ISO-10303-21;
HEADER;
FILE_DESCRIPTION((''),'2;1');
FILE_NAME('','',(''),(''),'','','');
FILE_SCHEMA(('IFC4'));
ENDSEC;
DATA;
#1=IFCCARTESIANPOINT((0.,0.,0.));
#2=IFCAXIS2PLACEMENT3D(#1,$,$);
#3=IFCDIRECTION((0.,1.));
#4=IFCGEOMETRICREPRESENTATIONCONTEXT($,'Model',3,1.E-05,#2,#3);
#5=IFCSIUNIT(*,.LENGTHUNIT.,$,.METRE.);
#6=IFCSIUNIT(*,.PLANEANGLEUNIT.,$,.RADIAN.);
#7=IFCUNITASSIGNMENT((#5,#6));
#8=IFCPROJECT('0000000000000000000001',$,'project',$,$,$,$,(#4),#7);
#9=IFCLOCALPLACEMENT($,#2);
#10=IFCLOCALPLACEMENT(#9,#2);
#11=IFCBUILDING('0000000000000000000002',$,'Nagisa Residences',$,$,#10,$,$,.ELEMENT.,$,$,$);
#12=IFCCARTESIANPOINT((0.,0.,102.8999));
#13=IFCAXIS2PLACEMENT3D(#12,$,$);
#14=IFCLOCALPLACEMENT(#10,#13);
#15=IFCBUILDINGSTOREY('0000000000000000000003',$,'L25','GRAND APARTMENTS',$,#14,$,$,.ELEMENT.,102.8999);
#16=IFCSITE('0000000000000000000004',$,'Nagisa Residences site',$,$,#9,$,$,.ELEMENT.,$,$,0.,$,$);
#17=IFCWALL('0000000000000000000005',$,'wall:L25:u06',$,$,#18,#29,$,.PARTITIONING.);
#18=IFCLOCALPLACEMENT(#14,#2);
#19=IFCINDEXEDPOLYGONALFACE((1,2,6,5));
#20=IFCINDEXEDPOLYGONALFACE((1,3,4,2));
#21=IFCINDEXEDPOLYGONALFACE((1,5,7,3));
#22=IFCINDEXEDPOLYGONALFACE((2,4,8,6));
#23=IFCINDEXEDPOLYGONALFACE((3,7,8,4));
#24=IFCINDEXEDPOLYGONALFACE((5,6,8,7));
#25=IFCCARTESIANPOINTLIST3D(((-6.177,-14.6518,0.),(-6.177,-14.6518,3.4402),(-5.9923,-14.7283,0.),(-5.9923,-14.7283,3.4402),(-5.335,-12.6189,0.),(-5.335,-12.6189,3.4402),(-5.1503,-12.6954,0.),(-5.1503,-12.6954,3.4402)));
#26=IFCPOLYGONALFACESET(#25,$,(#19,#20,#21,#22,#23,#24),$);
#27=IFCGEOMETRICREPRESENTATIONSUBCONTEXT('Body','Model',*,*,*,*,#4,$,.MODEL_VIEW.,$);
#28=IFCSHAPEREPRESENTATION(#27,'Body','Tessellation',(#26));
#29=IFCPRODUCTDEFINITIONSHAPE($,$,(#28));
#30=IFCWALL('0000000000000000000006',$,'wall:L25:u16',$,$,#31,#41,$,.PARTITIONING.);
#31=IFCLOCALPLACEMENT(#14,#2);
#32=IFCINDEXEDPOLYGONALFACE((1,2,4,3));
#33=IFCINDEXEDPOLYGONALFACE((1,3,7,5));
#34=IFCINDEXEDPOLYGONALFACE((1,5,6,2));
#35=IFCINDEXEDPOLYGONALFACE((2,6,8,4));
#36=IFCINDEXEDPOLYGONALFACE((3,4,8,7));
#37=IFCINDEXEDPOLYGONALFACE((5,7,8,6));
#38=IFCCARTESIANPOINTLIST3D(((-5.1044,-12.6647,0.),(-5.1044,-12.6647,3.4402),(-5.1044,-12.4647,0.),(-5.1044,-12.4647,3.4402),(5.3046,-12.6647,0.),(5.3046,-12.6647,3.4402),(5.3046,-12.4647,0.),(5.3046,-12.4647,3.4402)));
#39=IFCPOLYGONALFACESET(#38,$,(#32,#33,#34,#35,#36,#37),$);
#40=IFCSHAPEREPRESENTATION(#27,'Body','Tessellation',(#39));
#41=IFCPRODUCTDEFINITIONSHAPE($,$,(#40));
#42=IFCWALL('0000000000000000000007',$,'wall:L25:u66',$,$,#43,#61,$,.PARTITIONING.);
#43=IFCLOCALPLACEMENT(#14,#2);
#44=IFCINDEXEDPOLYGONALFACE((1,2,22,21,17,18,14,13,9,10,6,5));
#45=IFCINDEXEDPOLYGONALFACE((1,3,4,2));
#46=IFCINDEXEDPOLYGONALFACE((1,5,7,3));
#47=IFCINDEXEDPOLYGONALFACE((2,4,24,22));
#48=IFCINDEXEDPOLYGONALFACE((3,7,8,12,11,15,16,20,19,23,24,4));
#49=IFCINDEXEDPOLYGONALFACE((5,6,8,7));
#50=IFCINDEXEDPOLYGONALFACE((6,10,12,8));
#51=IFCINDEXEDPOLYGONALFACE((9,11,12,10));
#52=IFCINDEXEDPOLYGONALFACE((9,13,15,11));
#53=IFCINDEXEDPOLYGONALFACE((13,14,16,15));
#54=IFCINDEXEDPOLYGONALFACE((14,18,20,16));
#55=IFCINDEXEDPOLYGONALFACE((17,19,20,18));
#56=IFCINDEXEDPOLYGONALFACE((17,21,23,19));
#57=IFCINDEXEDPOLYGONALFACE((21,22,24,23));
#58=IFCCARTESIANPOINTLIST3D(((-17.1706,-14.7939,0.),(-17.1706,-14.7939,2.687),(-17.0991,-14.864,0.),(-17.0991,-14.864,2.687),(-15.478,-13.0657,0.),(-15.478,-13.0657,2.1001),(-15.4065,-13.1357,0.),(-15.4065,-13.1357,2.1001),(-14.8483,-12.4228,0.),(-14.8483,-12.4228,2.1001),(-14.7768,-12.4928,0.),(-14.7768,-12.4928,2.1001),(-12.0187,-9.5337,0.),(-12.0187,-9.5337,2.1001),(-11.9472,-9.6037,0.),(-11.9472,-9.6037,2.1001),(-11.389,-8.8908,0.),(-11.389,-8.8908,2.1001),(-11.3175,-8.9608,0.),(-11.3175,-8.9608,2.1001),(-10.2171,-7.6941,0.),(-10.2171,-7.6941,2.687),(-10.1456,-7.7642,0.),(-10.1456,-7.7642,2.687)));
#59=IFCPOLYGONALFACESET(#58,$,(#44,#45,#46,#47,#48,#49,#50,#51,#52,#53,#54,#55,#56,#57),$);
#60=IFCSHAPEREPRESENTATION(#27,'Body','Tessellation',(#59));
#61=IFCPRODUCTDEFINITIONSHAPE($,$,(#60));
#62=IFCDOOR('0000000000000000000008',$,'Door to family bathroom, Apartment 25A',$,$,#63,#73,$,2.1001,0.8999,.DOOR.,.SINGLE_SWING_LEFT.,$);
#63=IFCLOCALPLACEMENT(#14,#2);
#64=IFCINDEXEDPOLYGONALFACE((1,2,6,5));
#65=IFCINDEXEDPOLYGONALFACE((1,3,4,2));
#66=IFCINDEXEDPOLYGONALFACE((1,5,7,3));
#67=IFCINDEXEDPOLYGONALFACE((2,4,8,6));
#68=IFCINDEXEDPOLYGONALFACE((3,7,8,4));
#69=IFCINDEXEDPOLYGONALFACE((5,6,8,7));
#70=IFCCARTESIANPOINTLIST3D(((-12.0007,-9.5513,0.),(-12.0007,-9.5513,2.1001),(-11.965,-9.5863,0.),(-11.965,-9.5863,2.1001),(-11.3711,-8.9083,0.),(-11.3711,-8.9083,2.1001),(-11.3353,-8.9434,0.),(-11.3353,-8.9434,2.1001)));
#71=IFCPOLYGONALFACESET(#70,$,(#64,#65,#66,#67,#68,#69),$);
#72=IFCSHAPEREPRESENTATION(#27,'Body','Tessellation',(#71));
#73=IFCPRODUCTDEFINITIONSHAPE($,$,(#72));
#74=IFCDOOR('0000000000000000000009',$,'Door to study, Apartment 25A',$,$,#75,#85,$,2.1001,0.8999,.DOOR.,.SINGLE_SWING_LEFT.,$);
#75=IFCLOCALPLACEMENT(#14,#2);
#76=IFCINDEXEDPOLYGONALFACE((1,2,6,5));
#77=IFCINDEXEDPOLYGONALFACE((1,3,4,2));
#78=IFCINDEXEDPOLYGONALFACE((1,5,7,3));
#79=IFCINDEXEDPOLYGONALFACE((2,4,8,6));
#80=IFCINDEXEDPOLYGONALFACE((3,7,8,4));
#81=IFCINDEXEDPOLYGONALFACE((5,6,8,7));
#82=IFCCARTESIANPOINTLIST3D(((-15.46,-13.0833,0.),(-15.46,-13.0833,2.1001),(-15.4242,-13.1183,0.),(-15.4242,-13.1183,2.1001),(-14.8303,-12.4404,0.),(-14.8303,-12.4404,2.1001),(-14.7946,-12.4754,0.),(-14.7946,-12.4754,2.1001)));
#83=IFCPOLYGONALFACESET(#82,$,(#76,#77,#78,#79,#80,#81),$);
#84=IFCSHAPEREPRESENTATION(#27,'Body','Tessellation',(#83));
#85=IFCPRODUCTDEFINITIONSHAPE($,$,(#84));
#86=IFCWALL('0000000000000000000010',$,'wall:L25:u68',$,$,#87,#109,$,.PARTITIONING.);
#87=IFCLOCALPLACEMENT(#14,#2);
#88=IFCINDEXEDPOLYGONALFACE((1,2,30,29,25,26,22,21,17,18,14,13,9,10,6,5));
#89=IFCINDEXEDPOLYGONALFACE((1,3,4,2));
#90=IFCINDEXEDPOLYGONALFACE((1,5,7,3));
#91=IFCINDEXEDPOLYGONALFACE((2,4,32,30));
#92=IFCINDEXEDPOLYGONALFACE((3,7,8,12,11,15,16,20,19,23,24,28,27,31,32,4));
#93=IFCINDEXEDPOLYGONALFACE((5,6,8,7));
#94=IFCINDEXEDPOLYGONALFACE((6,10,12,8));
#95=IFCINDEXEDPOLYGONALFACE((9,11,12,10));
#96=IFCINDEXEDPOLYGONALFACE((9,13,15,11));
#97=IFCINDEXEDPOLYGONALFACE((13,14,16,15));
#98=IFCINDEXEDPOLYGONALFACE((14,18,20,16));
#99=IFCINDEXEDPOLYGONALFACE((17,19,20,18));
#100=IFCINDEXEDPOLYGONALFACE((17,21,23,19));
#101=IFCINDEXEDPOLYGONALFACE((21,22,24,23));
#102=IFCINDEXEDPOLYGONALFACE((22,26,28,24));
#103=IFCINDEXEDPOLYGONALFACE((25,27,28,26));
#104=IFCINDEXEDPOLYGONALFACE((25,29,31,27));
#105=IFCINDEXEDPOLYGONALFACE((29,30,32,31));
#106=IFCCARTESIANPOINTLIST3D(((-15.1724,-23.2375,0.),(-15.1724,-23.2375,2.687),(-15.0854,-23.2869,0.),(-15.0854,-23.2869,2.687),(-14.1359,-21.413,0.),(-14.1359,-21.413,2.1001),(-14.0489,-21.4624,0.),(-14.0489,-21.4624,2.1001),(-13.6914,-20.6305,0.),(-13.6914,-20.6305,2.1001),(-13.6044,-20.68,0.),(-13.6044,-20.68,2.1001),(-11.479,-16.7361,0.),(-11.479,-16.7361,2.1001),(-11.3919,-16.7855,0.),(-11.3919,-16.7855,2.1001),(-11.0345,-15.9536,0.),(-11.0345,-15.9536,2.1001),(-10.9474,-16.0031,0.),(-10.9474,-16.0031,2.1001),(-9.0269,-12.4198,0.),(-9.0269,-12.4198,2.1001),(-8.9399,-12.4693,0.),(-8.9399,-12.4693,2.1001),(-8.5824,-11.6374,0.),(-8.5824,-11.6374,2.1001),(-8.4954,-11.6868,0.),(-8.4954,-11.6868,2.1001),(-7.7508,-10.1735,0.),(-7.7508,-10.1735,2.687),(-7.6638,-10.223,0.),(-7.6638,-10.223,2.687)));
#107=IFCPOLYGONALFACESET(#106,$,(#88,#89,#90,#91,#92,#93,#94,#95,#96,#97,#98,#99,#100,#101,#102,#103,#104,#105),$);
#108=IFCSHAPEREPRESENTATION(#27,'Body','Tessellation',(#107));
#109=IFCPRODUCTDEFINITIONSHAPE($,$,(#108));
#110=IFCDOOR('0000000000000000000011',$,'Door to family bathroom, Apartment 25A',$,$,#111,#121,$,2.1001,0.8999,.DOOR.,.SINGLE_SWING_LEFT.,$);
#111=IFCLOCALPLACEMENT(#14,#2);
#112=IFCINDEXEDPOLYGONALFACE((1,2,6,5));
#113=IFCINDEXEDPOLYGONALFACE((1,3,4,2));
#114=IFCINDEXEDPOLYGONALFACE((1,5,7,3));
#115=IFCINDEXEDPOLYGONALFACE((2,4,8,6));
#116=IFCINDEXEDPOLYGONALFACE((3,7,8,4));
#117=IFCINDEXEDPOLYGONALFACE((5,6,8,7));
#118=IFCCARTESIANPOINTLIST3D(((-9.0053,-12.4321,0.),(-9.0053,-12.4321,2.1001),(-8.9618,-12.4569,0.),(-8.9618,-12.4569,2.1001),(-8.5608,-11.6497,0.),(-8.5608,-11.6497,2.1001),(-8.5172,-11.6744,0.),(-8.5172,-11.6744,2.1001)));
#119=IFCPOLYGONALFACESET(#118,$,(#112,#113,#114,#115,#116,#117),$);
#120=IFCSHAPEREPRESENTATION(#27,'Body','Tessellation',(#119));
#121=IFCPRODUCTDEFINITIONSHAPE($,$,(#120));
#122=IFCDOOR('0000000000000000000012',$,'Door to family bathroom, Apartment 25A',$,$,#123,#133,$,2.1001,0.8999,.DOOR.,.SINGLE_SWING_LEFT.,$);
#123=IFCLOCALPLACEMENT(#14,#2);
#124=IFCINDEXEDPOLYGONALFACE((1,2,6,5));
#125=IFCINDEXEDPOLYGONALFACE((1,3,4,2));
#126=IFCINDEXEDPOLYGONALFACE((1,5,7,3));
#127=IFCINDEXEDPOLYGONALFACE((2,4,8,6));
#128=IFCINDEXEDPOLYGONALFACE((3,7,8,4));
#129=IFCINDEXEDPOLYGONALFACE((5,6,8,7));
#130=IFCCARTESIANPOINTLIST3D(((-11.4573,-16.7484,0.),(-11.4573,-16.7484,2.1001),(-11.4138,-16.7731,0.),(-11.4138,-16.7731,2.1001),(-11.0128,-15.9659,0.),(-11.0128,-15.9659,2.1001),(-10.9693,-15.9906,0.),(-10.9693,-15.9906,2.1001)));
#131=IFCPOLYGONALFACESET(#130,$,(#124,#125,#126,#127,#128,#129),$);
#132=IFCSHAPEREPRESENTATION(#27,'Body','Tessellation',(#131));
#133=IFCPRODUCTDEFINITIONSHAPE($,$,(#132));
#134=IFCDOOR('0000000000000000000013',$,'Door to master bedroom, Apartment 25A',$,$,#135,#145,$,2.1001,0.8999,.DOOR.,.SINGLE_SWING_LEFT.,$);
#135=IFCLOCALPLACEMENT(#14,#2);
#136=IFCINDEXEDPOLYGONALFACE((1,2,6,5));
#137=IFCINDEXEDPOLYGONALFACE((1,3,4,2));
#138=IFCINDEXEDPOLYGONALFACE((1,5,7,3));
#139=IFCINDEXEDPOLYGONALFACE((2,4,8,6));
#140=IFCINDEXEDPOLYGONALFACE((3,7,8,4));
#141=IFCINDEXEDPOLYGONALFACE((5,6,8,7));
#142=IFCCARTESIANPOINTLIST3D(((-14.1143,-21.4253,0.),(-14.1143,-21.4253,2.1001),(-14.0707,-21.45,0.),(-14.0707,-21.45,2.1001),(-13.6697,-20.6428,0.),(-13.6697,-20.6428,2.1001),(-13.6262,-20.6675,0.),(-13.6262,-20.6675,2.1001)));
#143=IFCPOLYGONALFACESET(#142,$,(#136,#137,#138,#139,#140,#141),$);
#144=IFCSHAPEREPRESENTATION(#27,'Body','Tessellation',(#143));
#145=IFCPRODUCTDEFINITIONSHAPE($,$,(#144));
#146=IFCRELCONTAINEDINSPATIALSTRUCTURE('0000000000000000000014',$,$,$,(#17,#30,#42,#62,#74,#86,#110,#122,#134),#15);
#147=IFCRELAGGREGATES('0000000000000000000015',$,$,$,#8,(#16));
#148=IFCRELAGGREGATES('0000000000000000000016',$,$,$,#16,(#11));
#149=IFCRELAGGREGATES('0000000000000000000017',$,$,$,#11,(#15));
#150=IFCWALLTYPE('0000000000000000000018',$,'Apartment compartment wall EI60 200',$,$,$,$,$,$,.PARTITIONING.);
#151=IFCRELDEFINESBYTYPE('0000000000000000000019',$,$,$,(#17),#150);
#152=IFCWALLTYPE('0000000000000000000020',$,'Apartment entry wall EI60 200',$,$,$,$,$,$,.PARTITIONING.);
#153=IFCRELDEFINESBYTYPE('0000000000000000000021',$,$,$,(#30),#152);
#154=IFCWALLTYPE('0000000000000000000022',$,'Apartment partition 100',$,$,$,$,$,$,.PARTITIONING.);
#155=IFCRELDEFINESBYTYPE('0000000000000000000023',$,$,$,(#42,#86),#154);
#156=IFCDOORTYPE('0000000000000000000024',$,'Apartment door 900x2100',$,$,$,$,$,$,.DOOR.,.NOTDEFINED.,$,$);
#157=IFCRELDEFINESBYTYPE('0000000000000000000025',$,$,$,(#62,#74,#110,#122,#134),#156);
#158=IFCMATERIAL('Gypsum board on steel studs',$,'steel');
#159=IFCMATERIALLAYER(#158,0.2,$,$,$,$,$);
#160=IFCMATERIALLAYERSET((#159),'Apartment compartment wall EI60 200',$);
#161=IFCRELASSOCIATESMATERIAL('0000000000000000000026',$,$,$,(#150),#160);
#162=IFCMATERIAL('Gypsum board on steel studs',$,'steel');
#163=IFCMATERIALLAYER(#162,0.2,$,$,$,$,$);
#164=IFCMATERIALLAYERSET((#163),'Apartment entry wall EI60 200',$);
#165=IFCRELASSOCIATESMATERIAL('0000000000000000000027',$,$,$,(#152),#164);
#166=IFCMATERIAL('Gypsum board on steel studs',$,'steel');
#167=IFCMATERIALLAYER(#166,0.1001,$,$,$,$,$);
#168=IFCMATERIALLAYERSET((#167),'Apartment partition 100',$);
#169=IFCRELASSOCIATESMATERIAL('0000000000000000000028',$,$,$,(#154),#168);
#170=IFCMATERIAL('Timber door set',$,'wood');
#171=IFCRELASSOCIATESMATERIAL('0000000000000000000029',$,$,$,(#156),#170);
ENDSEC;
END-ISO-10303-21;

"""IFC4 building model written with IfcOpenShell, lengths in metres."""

from ifc_helpers import new_model, si_unit, direction, frame, frame_2d, origin, place, context, subcontext, project, spatial, rectangle, extrude, material, layer, layer_set, type_object, element, fill, save


model = new_model("IFC4")

# Units and contexts
model_context = context("Model", 3, precision=1e-05, world=origin(), true_north=direction((0.0, 1.0)))
body_context = subcontext(model_context, "Body", "Model", "MODEL_VIEW")
ifc_project = project(units=[si_unit("LENGTHUNIT", "METRE"), si_unit("PLANEANGLEUNIT", "RADIAN")], contexts=[model_context])

# Site, building, storey
site_placement = place(None, origin())
site = spatial("IfcSite", under=ifc_project, at=site_placement, Name="Nagisa Residences site", CompositionType="ELEMENT", RefElevation=0.0)
building_placement = place(site_placement, origin())
building = spatial("IfcBuilding", under=site, at=building_placement, Name="Nagisa Residences", CompositionType="ELEMENT")
storey_placement = place(building_placement, frame((0.0, 0.0, 102.8999)))
storey = spatial("IfcBuildingStorey", under=building, at=storey_placement, Name="L25", Description="GRAND APARTMENTS", CompositionType="ELEMENT", Elevation=102.8999)

# Walls
ifc_material_1 = material(Name="Gypsum board on steel studs", Category="steel")
ifc_layer_1 = layer(ifc_material_1, 0.2)
ifc_layer_set_1 = layer_set([ifc_layer_1], Name="Apartment compartment wall EI60 200")
wall_type_1 = type_object("IfcWallType", Name="Apartment compartment wall EI60 200", PredefinedType="PARTITIONING", material=ifc_layer_set_1)
wall_1_placement = place(storey_placement, frame((-5.2427, -12.6572, 0.0), z_axis=(0.0, 0.0, 1.0), x_axis=(-0.382669, -0.923886, 0.0)))
element("IfcWall", 1, at=wall_1_placement, inside=storey, type_object=wall_type_1, Name="wall:L25:u06", PredefinedType="PARTITIONING", context=body_context, shape_type="SweptSolid", body=[
    extrude(rectangle(XDim=2.2004, YDim=0.2, at=frame_2d((1.1001, 0.0))), origin(), (0.0, 0.0, 1.0), 3.4402),
])
ifc_material_2 = material(Name="Gypsum board on steel studs", Category="steel")
ifc_layer_2 = layer(ifc_material_2, 0.2)
ifc_layer_set_2 = layer_set([ifc_layer_2], Name="Apartment entry wall EI60 200")
wall_type_2 = type_object("IfcWallType", Name="Apartment entry wall EI60 200", PredefinedType="PARTITIONING", material=ifc_layer_set_2)
wall_2_placement = place(storey_placement, frame((-5.1045, -12.5647, 0.0), z_axis=(0.0, 0.0, 1.0), x_axis=(1.0, 0.0, 0.0)))
element("IfcWall", 2, at=wall_2_placement, inside=storey, type_object=wall_type_2, Name="wall:L25:u16", PredefinedType="PARTITIONING", context=body_context, shape_type="SweptSolid", body=[
    extrude(rectangle(XDim=10.4089, YDim=0.2, at=frame_2d((5.2046, 0.0))), origin(), (0.0, 0.0, 1.0), 3.4402),
])

# Walls, openings, doors
ifc_material_3 = material(Name="Gypsum board on steel studs", Category="steel")
ifc_layer_3 = layer(ifc_material_3, 0.1001)
ifc_layer_set_3 = layer_set([ifc_layer_3], Name="Apartment partition 100")
wall_type_3 = type_object("IfcWallType", Name="Apartment partition 100", PredefinedType="PARTITIONING", material=ifc_layer_set_3)
wall_3_placement = place(storey_placement, frame((-10.1814, -7.7292, 0.0), z_axis=(0.0, 0.0, 1.0), x_axis=(-0.699711, -0.714426, 0.0)))
wall_3 = element("IfcWall", 3, at=wall_3_placement, inside=storey, type_object=wall_type_3, Name="wall:L25:u66", PredefinedType="PARTITIONING", context=body_context, shape_type="SweptSolid", body=[
    extrude(rectangle(XDim=9.9377, YDim=0.1001, at=frame_2d((4.9688, 0.0))), origin(), (0.0, 0.0, 1.0), 2.687),
])
opening_1_placement = place(wall_3_placement, frame((1.6748, 0.0, 0.0)))
opening_1 = element("IfcOpeningElement", 4, at=opening_1_placement, cuts=wall_3, PredefinedType="OPENING", context=body_context, shape_type="SweptSolid", body=[
    extrude(rectangle(XDim=0.8999, YDim=2.1001, at=frame_2d((0.45, 1.05))), frame((0.0, 0.0601, 0.0), z_axis=(0.0, -1.0, 0.0), x_axis=(1.0, 0.0, 0.0)), (0.0, 0.0, 1.0), 0.1201),
])
opening_2_placement = place(wall_3_placement, frame((6.6187, 0.0, 0.0)))
opening_2 = element("IfcOpeningElement", 5, at=opening_2_placement, cuts=wall_3, PredefinedType="OPENING", context=body_context, shape_type="SweptSolid", body=[
    extrude(rectangle(XDim=0.8999, YDim=2.1001, at=frame_2d((0.45, 1.05))), frame((0.0, 0.0601, 0.0), z_axis=(0.0, -1.0, 0.0), x_axis=(1.0, 0.0, 0.0)), (0.0, 0.0, 1.0), 0.1201),
])
ifc_material_4 = material(Name="Timber door set", Category="wood")
door_type_1 = type_object("IfcDoorType", Name="Apartment door 900x2100", OperationType="NOTDEFINED", PredefinedType="DOOR", material=ifc_material_4)
door_1_placement = place(opening_1_placement, frame((0.8999, 0.0, 0.0), x_axis=(-1.0, 0.0, 0.0)))
door_1 = element("IfcDoor", 6, at=door_1_placement, inside=storey, type_object=door_type_1, Name="Door to family bathroom, Apartment 25A", OperationType="SINGLE_SWING_LEFT", OverallHeight=2.1001, OverallWidth=0.8999, PredefinedType="DOOR", context=body_context, shape_type="SweptSolid", body=[
    extrude(rectangle(XDim=0.8999, YDim=2.1001, at=frame_2d((0.45, 1.05))), frame((0.0, 0.0249, 0.0), z_axis=(0.0, -1.0, 0.0), x_axis=(1.0, 0.0, 0.0)), (0.0, 0.0, 1.0), 0.05),
])
fill(opening_1, door_1)
door_2_placement = place(opening_2_placement, frame((0.8999, 0.0, 0.0), x_axis=(-1.0, 0.0, 0.0)))
door_2 = element("IfcDoor", 7, at=door_2_placement, inside=storey, type_object=door_type_1, Name="Door to study, Apartment 25A", OperationType="SINGLE_SWING_LEFT", OverallHeight=2.1001, OverallWidth=0.8999, PredefinedType="DOOR", context=body_context, shape_type="SweptSolid", body=[
    extrude(rectangle(XDim=0.8999, YDim=2.1001, at=frame_2d((0.45, 1.05))), frame((0.0, 0.0249, 0.0), z_axis=(0.0, -1.0, 0.0), x_axis=(1.0, 0.0, 0.0)), (0.0, 0.0, 1.0), 0.05),
])
fill(opening_2, door_2)
wall_4_placement = place(storey_placement, frame((-7.7073, -10.1982, 0.0), z_axis=(0.0, 0.0, 1.0), x_axis=(-0.493955, -0.869487, 0.0)))
wall_4 = element("IfcWall", 8, at=wall_4_placement, inside=storey, type_object=wall_type_3, Name="wall:L25:u68", PredefinedType="PARTITIONING", context=body_context, shape_type="SweptSolid", body=[
    extrude(rectangle(XDim=15.0249, YDim=0.1001, at=frame_2d((7.5125, 0.0))), origin(), (0.0, 0.0, 1.0), 2.687),
])
opening_3_placement = place(wall_4_placement, frame((1.6836, 0.0, 0.0)))
opening_3 = element("IfcOpeningElement", 9, at=opening_3_placement, cuts=wall_4, PredefinedType="OPENING", context=body_context, shape_type="SweptSolid", body=[
    extrude(rectangle(XDim=0.8999, YDim=2.1001, at=frame_2d((0.45, 1.05))), frame((0.0, 0.0601, 0.0), z_axis=(0.0, -1.0, 0.0), x_axis=(1.0, 0.0, 0.0)), (0.0, 0.0, 1.0), 0.1201),
])
opening_4_placement = place(wall_4_placement, frame((6.6477, 0.0, 0.0)))
opening_4 = element("IfcOpeningElement", 10, at=opening_4_placement, cuts=wall_4, PredefinedType="OPENING", context=body_context, shape_type="SweptSolid", body=[
    extrude(rectangle(XDim=0.8999, YDim=2.1001, at=frame_2d((0.45, 1.05))), frame((0.0, 0.0601, 0.0), z_axis=(0.0, -1.0, 0.0), x_axis=(1.0, 0.0, 0.0)), (0.0, 0.0, 1.0), 0.1201),
])
opening_5_placement = place(wall_4_placement, frame((12.0266, 0.0, 0.0)))
opening_5 = element("IfcOpeningElement", 11, at=opening_5_placement, cuts=wall_4, PredefinedType="OPENING", context=body_context, shape_type="SweptSolid", body=[
    extrude(rectangle(XDim=0.8999, YDim=2.1001, at=frame_2d((0.45, 1.05))), frame((0.0, 0.0601, 0.0), z_axis=(0.0, -1.0, 0.0), x_axis=(1.0, 0.0, 0.0)), (0.0, 0.0, 1.0), 0.1201),
])
door_3_placement = place(opening_3_placement, origin())
door_3 = element("IfcDoor", 12, at=door_3_placement, inside=storey, type_object=door_type_1, Name="Door to family bathroom, Apartment 25A", OperationType="SINGLE_SWING_LEFT", OverallHeight=2.1001, OverallWidth=0.8999, PredefinedType="DOOR", context=body_context, shape_type="SweptSolid", body=[
    extrude(rectangle(XDim=0.8999, YDim=2.1001, at=frame_2d((0.45, 1.05))), frame((0.0, 0.0249, 0.0), z_axis=(0.0, -1.0, 0.0), x_axis=(1.0, 0.0, 0.0)), (0.0, 0.0, 1.0), 0.05),
])
fill(opening_3, door_3)
door_4_placement = place(opening_4_placement, origin())
door_4 = element("IfcDoor", 13, at=door_4_placement, inside=storey, type_object=door_type_1, Name="Door to family bathroom, Apartment 25A", OperationType="SINGLE_SWING_LEFT", OverallHeight=2.1001, OverallWidth=0.8999, PredefinedType="DOOR", context=body_context, shape_type="SweptSolid", body=[
    extrude(rectangle(XDim=0.8999, YDim=2.1001, at=frame_2d((0.45, 1.05))), frame((0.0, 0.0249, 0.0), z_axis=(0.0, -1.0, 0.0), x_axis=(1.0, 0.0, 0.0)), (0.0, 0.0, 1.0), 0.05),
])
fill(opening_4, door_4)
door_5_placement = place(opening_5_placement, origin())
door_5 = element("IfcDoor", 14, at=door_5_placement, inside=storey, type_object=door_type_1, Name="Door to master bedroom, Apartment 25A", OperationType="SINGLE_SWING_LEFT", OverallHeight=2.1001, OverallWidth=0.8999, PredefinedType="DOOR", context=body_context, shape_type="SweptSolid", body=[
    extrude(rectangle(XDim=0.8999, YDim=2.1001, at=frame_2d((0.45, 1.05))), frame((0.0, 0.0249, 0.0), z_axis=(0.0, -1.0, 0.0), x_axis=(1.0, 0.0, 0.0)), (0.0, 0.0, 1.0), 0.05),
])
fill(opening_5, door_5)

save(model, "model.ifc")
